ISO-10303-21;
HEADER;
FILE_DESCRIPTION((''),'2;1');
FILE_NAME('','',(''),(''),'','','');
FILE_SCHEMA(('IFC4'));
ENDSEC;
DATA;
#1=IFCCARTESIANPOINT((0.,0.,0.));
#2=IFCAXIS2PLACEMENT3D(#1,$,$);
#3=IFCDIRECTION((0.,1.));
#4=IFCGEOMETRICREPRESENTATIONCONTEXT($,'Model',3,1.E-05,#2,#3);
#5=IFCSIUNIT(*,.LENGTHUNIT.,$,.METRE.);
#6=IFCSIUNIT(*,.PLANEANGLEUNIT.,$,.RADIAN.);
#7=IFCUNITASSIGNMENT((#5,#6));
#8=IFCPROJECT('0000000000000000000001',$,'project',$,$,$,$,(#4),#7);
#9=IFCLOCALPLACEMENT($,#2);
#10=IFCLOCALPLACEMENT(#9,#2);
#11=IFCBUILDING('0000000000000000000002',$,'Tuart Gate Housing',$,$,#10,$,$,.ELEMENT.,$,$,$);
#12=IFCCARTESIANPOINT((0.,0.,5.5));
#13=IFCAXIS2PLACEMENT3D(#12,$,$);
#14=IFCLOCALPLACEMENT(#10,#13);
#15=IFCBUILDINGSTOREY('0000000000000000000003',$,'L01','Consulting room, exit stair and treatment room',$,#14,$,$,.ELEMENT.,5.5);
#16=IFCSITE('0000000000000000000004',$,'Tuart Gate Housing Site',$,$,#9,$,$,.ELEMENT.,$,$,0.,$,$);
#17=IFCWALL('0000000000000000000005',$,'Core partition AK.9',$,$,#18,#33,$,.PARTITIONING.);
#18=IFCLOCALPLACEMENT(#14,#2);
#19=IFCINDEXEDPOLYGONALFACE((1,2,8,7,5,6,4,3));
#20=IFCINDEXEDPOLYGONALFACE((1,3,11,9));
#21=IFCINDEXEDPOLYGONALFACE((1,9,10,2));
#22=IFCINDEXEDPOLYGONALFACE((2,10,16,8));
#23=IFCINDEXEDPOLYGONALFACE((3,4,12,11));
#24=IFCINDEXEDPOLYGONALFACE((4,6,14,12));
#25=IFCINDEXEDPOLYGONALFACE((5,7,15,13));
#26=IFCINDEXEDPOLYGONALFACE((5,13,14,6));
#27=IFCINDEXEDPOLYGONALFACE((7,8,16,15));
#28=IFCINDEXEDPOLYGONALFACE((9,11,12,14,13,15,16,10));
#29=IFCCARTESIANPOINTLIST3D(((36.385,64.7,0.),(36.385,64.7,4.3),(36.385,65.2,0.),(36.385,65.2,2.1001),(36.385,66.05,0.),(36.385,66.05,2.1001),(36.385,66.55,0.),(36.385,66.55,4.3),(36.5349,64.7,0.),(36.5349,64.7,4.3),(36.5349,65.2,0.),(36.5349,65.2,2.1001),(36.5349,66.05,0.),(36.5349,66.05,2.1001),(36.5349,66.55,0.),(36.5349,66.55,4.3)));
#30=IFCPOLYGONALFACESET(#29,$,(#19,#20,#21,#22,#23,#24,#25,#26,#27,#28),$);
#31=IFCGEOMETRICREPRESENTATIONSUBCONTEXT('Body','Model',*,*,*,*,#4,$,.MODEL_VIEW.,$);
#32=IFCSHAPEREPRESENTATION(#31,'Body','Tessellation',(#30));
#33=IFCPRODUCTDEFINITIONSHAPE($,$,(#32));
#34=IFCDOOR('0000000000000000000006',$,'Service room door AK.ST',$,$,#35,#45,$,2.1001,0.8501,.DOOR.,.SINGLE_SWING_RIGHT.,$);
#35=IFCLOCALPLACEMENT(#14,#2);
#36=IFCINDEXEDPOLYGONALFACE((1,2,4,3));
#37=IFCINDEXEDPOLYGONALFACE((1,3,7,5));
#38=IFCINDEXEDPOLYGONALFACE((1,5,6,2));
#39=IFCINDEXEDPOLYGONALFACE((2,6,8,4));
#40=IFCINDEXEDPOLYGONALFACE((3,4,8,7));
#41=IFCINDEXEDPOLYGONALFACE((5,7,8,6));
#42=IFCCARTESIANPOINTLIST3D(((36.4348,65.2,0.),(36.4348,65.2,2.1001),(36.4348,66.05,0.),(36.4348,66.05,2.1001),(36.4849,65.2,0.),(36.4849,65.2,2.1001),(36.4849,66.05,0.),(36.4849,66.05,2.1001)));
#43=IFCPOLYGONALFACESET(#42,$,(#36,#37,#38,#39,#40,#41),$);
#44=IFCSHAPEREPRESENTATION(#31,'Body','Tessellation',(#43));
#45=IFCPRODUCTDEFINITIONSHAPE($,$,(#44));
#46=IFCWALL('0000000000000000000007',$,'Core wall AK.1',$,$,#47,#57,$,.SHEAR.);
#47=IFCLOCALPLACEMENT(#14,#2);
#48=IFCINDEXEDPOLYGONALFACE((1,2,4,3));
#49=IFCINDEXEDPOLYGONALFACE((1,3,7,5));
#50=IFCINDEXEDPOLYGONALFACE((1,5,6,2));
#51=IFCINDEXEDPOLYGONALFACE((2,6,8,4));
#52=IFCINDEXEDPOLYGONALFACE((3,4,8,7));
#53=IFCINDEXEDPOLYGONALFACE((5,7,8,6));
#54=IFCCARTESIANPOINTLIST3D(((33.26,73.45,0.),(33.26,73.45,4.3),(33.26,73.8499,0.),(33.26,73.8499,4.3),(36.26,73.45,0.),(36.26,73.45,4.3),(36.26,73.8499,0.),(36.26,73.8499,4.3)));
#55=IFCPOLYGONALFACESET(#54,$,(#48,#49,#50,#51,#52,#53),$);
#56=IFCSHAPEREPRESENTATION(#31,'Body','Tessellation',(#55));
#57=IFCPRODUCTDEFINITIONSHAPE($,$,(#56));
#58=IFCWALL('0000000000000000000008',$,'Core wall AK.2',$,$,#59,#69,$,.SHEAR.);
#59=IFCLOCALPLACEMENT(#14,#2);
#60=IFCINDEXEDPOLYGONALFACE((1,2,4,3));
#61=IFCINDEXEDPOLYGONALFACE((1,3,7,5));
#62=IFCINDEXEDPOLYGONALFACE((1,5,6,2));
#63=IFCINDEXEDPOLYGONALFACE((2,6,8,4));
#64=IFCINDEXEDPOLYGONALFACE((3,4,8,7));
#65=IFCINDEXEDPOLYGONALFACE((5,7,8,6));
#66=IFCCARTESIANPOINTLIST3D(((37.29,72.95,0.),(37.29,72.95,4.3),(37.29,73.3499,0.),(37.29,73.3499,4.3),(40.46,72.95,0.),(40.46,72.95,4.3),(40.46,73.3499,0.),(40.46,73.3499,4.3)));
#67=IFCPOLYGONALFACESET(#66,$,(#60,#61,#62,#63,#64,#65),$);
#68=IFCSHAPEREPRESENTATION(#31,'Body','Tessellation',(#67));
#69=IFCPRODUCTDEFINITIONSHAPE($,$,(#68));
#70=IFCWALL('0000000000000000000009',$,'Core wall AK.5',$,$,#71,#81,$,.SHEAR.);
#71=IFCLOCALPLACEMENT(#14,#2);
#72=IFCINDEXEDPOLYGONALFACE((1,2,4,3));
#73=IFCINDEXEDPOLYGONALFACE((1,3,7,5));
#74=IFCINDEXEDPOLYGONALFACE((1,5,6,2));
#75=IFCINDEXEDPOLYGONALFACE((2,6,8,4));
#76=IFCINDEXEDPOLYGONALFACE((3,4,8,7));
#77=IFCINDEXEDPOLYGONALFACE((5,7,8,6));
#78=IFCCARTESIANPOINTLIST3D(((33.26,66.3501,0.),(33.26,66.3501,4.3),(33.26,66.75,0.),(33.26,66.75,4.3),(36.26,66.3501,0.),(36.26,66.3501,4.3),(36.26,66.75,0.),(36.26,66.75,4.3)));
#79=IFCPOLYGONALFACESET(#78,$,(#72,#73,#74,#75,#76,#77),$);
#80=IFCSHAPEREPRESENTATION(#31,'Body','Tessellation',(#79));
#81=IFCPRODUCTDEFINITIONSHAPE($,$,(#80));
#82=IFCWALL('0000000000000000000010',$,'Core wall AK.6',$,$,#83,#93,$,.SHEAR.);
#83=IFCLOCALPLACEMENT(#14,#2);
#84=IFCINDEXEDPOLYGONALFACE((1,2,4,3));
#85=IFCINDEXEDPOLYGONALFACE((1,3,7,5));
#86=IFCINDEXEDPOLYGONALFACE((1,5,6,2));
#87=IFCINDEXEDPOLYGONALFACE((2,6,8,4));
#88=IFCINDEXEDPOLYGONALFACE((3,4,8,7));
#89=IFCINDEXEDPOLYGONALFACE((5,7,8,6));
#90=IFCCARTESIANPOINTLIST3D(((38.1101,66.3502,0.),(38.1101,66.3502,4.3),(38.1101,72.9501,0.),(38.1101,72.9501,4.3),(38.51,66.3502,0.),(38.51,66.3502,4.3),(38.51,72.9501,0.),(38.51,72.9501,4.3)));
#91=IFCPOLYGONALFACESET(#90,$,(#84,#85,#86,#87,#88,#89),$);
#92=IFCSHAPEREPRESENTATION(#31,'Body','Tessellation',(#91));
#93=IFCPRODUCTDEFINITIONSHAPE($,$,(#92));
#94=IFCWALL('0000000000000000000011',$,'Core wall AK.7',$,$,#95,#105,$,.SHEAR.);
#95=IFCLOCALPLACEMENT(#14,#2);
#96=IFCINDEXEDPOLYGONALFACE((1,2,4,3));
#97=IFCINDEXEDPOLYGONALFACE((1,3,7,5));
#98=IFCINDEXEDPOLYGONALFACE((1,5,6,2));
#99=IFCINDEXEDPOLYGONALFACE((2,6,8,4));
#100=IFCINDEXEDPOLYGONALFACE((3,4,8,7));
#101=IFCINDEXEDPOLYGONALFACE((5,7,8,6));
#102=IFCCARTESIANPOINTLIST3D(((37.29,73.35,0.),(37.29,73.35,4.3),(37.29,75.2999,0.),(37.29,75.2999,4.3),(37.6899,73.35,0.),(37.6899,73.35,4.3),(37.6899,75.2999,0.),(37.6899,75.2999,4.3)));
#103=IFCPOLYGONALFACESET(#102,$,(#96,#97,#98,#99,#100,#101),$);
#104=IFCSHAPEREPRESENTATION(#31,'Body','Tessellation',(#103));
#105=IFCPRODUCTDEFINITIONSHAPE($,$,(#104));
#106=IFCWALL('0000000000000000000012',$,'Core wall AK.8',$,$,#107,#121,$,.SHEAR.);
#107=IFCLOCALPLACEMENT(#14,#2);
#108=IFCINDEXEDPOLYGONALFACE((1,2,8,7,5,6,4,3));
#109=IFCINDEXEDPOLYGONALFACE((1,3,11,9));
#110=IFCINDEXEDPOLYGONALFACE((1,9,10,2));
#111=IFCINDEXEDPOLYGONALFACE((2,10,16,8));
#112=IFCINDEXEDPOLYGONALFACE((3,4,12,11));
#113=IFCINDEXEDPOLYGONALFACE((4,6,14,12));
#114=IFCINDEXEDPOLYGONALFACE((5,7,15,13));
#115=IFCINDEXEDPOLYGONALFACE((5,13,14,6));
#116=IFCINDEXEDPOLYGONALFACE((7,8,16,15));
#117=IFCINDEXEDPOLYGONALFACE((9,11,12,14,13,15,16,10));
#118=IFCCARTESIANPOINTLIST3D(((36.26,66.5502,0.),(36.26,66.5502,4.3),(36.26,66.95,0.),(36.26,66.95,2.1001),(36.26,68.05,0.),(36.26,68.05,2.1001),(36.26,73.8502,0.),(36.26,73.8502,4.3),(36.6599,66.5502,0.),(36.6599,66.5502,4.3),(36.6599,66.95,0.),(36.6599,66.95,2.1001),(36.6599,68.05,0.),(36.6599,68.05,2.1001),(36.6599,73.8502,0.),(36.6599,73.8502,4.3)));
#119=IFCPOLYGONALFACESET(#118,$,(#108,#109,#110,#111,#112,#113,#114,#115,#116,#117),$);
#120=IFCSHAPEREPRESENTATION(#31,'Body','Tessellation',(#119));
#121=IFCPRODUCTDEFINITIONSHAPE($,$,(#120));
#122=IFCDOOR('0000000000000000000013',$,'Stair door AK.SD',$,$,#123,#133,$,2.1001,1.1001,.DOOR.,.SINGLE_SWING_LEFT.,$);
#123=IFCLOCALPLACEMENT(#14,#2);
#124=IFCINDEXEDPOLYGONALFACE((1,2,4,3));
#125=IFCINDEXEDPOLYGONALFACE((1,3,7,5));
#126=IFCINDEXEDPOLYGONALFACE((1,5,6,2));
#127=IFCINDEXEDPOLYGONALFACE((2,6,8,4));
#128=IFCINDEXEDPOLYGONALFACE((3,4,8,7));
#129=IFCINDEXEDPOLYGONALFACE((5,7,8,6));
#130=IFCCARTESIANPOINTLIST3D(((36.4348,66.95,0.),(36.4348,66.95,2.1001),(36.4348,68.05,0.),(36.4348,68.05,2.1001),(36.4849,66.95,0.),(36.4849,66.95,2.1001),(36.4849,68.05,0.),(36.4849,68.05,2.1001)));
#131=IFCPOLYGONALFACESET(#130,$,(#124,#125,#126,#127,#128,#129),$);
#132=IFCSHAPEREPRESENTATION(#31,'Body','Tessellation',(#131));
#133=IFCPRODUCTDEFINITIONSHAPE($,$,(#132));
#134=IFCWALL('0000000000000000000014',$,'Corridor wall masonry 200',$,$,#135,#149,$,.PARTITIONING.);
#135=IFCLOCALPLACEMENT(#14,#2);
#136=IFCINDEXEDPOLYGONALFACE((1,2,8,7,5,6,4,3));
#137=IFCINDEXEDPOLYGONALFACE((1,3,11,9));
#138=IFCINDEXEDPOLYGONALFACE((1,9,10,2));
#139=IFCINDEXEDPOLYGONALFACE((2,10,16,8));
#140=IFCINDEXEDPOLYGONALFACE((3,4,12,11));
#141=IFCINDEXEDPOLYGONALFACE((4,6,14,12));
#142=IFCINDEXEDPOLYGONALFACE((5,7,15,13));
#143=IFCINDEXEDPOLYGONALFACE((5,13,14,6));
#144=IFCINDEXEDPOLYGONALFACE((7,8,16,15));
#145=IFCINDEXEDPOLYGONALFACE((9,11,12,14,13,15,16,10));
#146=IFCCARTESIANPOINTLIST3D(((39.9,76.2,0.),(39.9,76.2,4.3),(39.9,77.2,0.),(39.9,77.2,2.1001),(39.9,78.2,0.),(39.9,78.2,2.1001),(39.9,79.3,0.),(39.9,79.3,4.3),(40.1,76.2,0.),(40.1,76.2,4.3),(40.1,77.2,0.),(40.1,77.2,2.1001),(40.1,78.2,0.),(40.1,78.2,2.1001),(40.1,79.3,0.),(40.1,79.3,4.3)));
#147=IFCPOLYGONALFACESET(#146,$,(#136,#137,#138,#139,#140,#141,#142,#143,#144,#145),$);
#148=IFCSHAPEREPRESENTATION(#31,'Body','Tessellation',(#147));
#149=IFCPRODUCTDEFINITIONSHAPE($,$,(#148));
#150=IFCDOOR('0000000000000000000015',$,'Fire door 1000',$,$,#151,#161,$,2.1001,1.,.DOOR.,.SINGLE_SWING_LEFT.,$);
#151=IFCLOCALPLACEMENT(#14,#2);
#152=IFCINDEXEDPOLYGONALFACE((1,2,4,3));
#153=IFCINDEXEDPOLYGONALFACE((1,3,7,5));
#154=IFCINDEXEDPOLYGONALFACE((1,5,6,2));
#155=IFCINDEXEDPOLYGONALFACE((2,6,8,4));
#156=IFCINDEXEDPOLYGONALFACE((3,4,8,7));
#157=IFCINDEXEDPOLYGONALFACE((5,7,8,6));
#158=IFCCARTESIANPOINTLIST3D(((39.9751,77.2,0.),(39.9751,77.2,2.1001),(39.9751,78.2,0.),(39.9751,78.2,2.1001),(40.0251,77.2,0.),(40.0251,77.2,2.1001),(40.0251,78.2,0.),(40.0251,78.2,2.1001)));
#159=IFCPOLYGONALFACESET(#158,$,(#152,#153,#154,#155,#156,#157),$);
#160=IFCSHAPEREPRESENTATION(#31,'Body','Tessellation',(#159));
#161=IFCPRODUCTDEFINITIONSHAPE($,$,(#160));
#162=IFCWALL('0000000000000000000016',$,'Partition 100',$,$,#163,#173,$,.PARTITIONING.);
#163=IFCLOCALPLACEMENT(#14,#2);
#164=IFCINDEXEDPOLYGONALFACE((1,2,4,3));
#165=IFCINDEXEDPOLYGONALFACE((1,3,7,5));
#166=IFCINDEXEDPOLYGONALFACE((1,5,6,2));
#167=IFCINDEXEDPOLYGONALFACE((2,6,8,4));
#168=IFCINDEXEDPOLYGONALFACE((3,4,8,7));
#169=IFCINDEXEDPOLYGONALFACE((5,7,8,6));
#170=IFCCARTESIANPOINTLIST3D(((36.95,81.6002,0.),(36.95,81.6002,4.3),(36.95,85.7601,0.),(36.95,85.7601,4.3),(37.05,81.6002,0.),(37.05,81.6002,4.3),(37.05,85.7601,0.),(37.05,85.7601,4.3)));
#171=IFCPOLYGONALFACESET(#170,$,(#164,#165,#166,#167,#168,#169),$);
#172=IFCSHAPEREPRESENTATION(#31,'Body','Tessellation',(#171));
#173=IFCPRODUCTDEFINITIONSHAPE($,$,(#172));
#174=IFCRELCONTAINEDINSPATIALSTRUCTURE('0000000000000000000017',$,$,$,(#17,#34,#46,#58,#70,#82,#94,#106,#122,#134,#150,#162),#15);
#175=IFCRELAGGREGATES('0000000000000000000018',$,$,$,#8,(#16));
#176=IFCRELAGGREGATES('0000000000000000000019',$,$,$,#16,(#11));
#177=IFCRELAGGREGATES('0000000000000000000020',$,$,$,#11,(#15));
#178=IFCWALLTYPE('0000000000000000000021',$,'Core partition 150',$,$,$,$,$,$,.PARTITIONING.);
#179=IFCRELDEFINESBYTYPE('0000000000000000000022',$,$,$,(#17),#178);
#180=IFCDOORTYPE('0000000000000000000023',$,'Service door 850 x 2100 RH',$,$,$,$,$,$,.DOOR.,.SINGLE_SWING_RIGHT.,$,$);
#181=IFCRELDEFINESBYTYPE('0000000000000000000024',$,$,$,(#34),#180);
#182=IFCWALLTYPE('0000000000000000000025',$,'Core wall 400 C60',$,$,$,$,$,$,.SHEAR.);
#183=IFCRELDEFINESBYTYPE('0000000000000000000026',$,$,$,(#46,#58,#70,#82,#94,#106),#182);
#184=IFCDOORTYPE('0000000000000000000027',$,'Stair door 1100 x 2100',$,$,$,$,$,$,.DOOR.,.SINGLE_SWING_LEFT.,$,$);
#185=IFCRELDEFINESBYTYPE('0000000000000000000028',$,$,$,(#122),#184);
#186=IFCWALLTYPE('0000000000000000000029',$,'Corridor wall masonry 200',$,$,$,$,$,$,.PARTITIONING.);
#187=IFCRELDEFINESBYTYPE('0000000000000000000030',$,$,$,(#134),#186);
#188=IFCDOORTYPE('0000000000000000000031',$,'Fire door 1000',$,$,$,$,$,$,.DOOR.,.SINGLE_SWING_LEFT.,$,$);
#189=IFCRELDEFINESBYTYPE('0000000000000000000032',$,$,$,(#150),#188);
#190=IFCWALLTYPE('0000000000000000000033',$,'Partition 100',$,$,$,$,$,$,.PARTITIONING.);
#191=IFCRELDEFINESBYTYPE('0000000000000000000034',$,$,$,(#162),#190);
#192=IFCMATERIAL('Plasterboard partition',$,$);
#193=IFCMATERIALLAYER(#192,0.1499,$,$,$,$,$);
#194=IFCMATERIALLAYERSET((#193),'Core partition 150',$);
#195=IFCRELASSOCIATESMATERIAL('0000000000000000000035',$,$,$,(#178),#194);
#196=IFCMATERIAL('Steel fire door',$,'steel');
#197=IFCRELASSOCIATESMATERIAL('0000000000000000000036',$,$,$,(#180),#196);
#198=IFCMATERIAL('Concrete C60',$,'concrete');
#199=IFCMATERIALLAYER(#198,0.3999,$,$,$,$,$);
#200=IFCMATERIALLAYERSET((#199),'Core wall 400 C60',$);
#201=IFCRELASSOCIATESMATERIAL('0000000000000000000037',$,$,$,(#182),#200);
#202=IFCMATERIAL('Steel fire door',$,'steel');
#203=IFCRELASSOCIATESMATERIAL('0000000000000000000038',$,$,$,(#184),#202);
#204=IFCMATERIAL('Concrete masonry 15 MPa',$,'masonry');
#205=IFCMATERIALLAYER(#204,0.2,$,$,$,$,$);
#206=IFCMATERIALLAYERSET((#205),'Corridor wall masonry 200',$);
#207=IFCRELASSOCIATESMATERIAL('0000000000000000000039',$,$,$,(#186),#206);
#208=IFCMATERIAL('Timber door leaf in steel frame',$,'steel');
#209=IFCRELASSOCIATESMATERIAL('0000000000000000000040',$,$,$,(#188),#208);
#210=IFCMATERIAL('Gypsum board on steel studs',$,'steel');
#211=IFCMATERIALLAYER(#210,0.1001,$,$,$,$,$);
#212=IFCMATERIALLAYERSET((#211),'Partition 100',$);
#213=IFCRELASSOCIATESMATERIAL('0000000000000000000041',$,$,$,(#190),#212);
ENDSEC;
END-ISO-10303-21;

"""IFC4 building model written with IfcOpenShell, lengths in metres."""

from ifc_helpers import new_model, si_unit, direction, frame, frame_2d, origin, place, context, subcontext, project, spatial, rectangle, extrude, material, layer, layer_set, type_object, element, fill, save


model = new_model("IFC4")

# Units and contexts
model_context = context("Model", 3, precision=1e-05, world=origin(), true_north=direction((0.0, 1.0)))
body_context = subcontext(model_context, "Body", "Model", "MODEL_VIEW")
ifc_project = project(units=[si_unit("LENGTHUNIT", "METRE"), si_unit("PLANEANGLEUNIT", "RADIAN")], contexts=[model_context])

# Site, building, storey
site_placement = place(None, origin())
site = spatial("IfcSite", under=ifc_project, at=site_placement, Name="Tuart Gate Housing Site", CompositionType="ELEMENT", RefElevation=0.0)
building_placement = place(site_placement, origin())
building = spatial("IfcBuilding", under=site, at=building_placement, Name="Tuart Gate Housing", CompositionType="ELEMENT")
storey_placement = place(building_placement, frame((0.0, 0.0, 5.5)))
storey = spatial("IfcBuildingStorey", under=building, at=storey_placement, Name="L01", Description="Consulting room, exit stair and treatment room", CompositionType="ELEMENT", Elevation=5.5)

# Wall, opening, door
ifc_material_1 = material(Name="Plasterboard partition")
ifc_layer_1 = layer(ifc_material_1, 0.1499)
ifc_layer_set_1 = layer_set([ifc_layer_1], Name="Core partition 150")
wall_type_1 = type_object("IfcWallType", Name="Core partition 150", PredefinedType="PARTITIONING", material=ifc_layer_set_1)
wall_1_placement = place(storey_placement, frame((36.46, 66.55, 0.0), z_axis=(0.0, 0.0, 1.0), x_axis=(0.0, -1.0, 0.0)))
wall_1 = element("IfcWall", 1, at=wall_1_placement, inside=storey, type_object=wall_type_1, Name="Core partition AK.9", PredefinedType="PARTITIONING", context=body_context, shape_type="SweptSolid", body=[
    extrude(rectangle(XDim=1.8501, YDim=0.1499, at=frame_2d((0.925, 0.0))), origin(), (0.0, 0.0, 1.0), 4.3),
])
opening_1_placement = place(wall_1_placement, frame((0.5, 0.0, 0.0)))
opening_1 = element("IfcOpeningElement", 2, at=opening_1_placement, cuts=wall_1, PredefinedType="OPENING", context=body_context, shape_type="SweptSolid", body=[
    extrude(rectangle(XDim=0.8501, YDim=2.1001, at=frame_2d((0.425, 1.05))), frame((0.0, 0.085, 0.0), z_axis=(0.0, -1.0, 0.0), x_axis=(1.0, 0.0, 0.0)), (0.0, 0.0, 1.0), 0.1699),
])
ifc_material_2 = material(Name="Steel fire door", Category="steel")
door_type_1 = type_object("IfcDoorType", Name="Service door 850 x 2100 RH", OperationType="SINGLE_SWING_RIGHT", PredefinedType="DOOR", material=ifc_material_2)
door_1_placement = place(opening_1_placement, frame((0.8501, 0.0, 0.0), z_axis=(0.0, 0.0, 1.0), x_axis=(-1.0, 0.0, 0.0)))
door_1 = element("IfcDoor", 3, at=door_1_placement, inside=storey, type_object=door_type_1, Name="Service room door AK.ST", OperationType="SINGLE_SWING_RIGHT", OverallHeight=2.1001, OverallWidth=0.8501, PredefinedType="DOOR", context=body_context, shape_type="SweptSolid", body=[
    extrude(rectangle(XDim=0.8501, YDim=2.1001, at=frame_2d((0.425, 1.05))), frame((0.0, 0.0251, 0.0), z_axis=(0.0, -1.0, 0.0), x_axis=(1.0, 0.0, 0.0)), (0.0, 0.0, 1.0), 0.05),
])
fill(opening_1, door_1)

# Walls
ifc_material_3 = material(Name="Concrete C60", Category="concrete")
ifc_layer_2 = layer(ifc_material_3, 0.3999)
ifc_layer_set_2 = layer_set([ifc_layer_2], Name="Core wall 400 C60")
wall_type_2 = type_object("IfcWallType", Name="Core wall 400 C60", PredefinedType="SHEAR", material=ifc_layer_set_2)
wall_2_placement = place(storey_placement, frame((36.26, 73.6499, 0.0), z_axis=(0.0, 0.0, 1.0), x_axis=(-1.0, 0.0, 0.0)))
element("IfcWall", 4, at=wall_2_placement, inside=storey, type_object=wall_type_2, Name="Core wall AK.1", PredefinedType="SHEAR", context=body_context, shape_type="SweptSolid", body=[
    extrude(rectangle(XDim=3.0, YDim=0.3999, at=frame_2d((1.5, 0.0))), origin(), (0.0, 0.0, 1.0), 4.3),
])
wall_3_placement = place(storey_placement, frame((40.46, 73.1499, 0.0), z_axis=(0.0, 0.0, 1.0), x_axis=(-1.0, 0.0, 0.0)))
element("IfcWall", 5, at=wall_3_placement, inside=storey, type_object=wall_type_2, Name="Core wall AK.2", PredefinedType="SHEAR", context=body_context, shape_type="SweptSolid", body=[
    extrude(rectangle(XDim=3.1699, YDim=0.3999, at=frame_2d((1.585, 0.0))), origin(), (0.0, 0.0, 1.0), 4.3),
])
wall_4_placement = place(storey_placement, frame((36.26, 66.55, 0.0), z_axis=(0.0, 0.0, 1.0), x_axis=(-1.0, 0.0, 0.0)))
element("IfcWall", 6, at=wall_4_placement, inside=storey, type_object=wall_type_2, Name="Core wall AK.5", PredefinedType="SHEAR", context=body_context, shape_type="SweptSolid", body=[
    extrude(rectangle(XDim=3.0, YDim=0.3999, at=frame_2d((1.5, 0.0))), origin(), (0.0, 0.0, 1.0), 4.3),
])
wall_5_placement = place(storey_placement, frame((38.3101, 72.95, 0.0), z_axis=(0.0, 0.0, 1.0), x_axis=(0.0, -1.0, 0.0)))
element("IfcWall", 7, at=wall_5_placement, inside=storey, type_object=wall_type_2, Name="Core wall AK.6", PredefinedType="SHEAR", context=body_context, shape_type="SweptSolid", body=[
    extrude(rectangle(XDim=6.5999, YDim=0.3999, at=frame_2d((3.2998, 0.0))), origin(), (0.0, 0.0, 1.0), 4.3),
])
wall_6_placement = place(storey_placement, frame((37.49, 75.3, 0.0), z_axis=(0.0, 0.0, 1.0), x_axis=(0.0, -1.0, 0.0)))
element("IfcWall", 8, at=wall_6_placement, inside=storey, type_object=wall_type_2, Name="Core wall AK.7", PredefinedType="SHEAR", context=body_context, shape_type="SweptSolid", body=[
    extrude(rectangle(XDim=1.95, YDim=0.3999, at=frame_2d((0.9751, 0.0))), origin(), (0.0, 0.0, 1.0), 4.3),
])

# Walls, openings, doors
wall_7_placement = place(storey_placement, frame((36.46, 73.8501, 0.0), z_axis=(0.0, 0.0, 1.0), x_axis=(0.0, -1.0, 0.0)))
wall_7 = element("IfcWall", 9, at=wall_7_placement, inside=storey, type_object=wall_type_2, Name="Core wall AK.8", PredefinedType="SHEAR", context=body_context, shape_type="SweptSolid", body=[
    extrude(rectangle(XDim=7.3, YDim=0.3999, at=frame_2d((3.6499, 0.0))), origin(), (0.0, 0.0, 1.0), 4.3),
])
opening_2_placement = place(wall_7_placement, frame((5.8, 0.0, 0.0)))
opening_2 = element("IfcOpeningElement", 10, at=opening_2_placement, cuts=wall_7, PredefinedType="OPENING", context=body_context, shape_type="SweptSolid", body=[
    extrude(rectangle(XDim=1.1001, YDim=2.1001, at=frame_2d((0.55, 1.05))), frame((0.0, 0.21, 0.0), z_axis=(0.0, -1.0, 0.0), x_axis=(1.0, 0.0, 0.0)), (0.0, 0.0, 1.0), 0.4199),
])
ifc_material_4 = material(Name="Steel fire door", Category="steel")
door_type_2 = type_object("IfcDoorType", Name="Stair door 1100 x 2100", OperationType="SINGLE_SWING_LEFT", PredefinedType="DOOR", material=ifc_material_4)
door_2_placement = place(opening_2_placement, frame((1.1001, 0.0, 0.0), z_axis=(0.0, 0.0, 1.0), x_axis=(-1.0, 0.0, 0.0)))
door_2 = element("IfcDoor", 11, at=door_2_placement, inside=storey, type_object=door_type_2, Name="Stair door AK.SD", OperationType="SINGLE_SWING_LEFT", OverallHeight=2.1001, OverallWidth=1.1001, PredefinedType="DOOR", context=body_context, shape_type="SweptSolid", body=[
    extrude(rectangle(XDim=1.1001, YDim=2.1001, at=frame_2d((0.55, 1.05))), frame((0.0, 0.0251, 0.0), z_axis=(0.0, -1.0, 0.0), x_axis=(1.0, 0.0, 0.0)), (0.0, 0.0, 1.0), 0.05),
])
fill(opening_2, door_2)
ifc_material_5 = material(Name="Concrete masonry 15 MPa", Category="masonry")
ifc_layer_3 = layer(ifc_material_5, 0.2)
ifc_layer_set_3 = layer_set([ifc_layer_3], Name="Corridor wall masonry 200")
wall_type_3 = type_object("IfcWallType", Name="Corridor wall masonry 200", PredefinedType="PARTITIONING", material=ifc_layer_set_3)
wall_8_placement = place(storey_placement, frame((40.0, 76.2, 0.0), z_axis=(0.0, 0.0, 1.0), x_axis=(0.0, 1.0, 0.0)))
wall_8 = element("IfcWall", 12, at=wall_8_placement, inside=storey, type_object=wall_type_3, Name="Corridor wall masonry 200", PredefinedType="PARTITIONING", context=body_context, shape_type="SweptSolid", body=[
    extrude(rectangle(XDim=3.1001, YDim=0.2, at=frame_2d((1.55, 0.0))), origin(), (0.0, 0.0, 1.0), 4.3),
])
opening_3_placement = place(wall_8_placement, frame((1.0, 0.0, 0.0)))
opening_3 = element("IfcOpeningElement", 13, at=opening_3_placement, cuts=wall_8, PredefinedType="OPENING", context=body_context, shape_type="SweptSolid", body=[
    extrude(rectangle(XDim=1.0, YDim=2.1001, at=frame_2d((0.5, 1.05))), frame((0.0, 0.1099, 0.0), z_axis=(0.0, -1.0, 0.0), x_axis=(1.0, 0.0, 0.0)), (0.0, 0.0, 1.0), 0.22),
])
ifc_material_6 = material(Name="Timber door leaf in steel frame", Category="steel")
door_type_3 = type_object("IfcDoorType", Name="Fire door 1000", OperationType="SINGLE_SWING_LEFT", PredefinedType="DOOR", material=ifc_material_6)
door_3_placement = place(opening_3_placement, origin())
door_3 = element("IfcDoor", 14, at=door_3_placement, inside=storey, type_object=door_type_3, Name="Fire door 1000", OperationType="SINGLE_SWING_LEFT", OverallHeight=2.1001, OverallWidth=1.0, PredefinedType="DOOR", context=body_context, shape_type="SweptSolid", body=[
    extrude(rectangle(XDim=1.0, YDim=2.1001, at=frame_2d((0.5, 1.05))), frame((0.0, 0.0249, 0.0), z_axis=(0.0, -1.0, 0.0), x_axis=(1.0, 0.0, 0.0)), (0.0, 0.0, 1.0), 0.05),
])
fill(opening_3, door_3)

# Wall
ifc_material_7 = material(Name="Gypsum board on steel studs", Category="steel")
ifc_layer_4 = layer(ifc_material_7, 0.1001)
ifc_layer_set_4 = layer_set([ifc_layer_4], Name="Partition 100")
wall_type_4 = type_object("IfcWallType", Name="Partition 100", PredefinedType="PARTITIONING", material=ifc_layer_set_4)
for number, where, z_axis, x_axis, name in (
    (15, (37.0, 81.6001, 0.0), (0.0, 0.0, 1.0), (0.0, 1.0, 0.0), "Partition 100"),
):
    element("IfcWall", number, at=place(storey_placement, frame(where, z_axis=z_axis, x_axis=x_axis)), inside=storey, type_object=wall_type_4, Name=name, PredefinedType="PARTITIONING", context=body_context, shape_type="SweptSolid", body=[
        extrude(rectangle(XDim=4.1599, YDim=0.1001, at=frame_2d((2.0801, 0.0))), origin(), (0.0, 0.0, 1.0), 4.3),
    ])

save(model, "model.ifc")
